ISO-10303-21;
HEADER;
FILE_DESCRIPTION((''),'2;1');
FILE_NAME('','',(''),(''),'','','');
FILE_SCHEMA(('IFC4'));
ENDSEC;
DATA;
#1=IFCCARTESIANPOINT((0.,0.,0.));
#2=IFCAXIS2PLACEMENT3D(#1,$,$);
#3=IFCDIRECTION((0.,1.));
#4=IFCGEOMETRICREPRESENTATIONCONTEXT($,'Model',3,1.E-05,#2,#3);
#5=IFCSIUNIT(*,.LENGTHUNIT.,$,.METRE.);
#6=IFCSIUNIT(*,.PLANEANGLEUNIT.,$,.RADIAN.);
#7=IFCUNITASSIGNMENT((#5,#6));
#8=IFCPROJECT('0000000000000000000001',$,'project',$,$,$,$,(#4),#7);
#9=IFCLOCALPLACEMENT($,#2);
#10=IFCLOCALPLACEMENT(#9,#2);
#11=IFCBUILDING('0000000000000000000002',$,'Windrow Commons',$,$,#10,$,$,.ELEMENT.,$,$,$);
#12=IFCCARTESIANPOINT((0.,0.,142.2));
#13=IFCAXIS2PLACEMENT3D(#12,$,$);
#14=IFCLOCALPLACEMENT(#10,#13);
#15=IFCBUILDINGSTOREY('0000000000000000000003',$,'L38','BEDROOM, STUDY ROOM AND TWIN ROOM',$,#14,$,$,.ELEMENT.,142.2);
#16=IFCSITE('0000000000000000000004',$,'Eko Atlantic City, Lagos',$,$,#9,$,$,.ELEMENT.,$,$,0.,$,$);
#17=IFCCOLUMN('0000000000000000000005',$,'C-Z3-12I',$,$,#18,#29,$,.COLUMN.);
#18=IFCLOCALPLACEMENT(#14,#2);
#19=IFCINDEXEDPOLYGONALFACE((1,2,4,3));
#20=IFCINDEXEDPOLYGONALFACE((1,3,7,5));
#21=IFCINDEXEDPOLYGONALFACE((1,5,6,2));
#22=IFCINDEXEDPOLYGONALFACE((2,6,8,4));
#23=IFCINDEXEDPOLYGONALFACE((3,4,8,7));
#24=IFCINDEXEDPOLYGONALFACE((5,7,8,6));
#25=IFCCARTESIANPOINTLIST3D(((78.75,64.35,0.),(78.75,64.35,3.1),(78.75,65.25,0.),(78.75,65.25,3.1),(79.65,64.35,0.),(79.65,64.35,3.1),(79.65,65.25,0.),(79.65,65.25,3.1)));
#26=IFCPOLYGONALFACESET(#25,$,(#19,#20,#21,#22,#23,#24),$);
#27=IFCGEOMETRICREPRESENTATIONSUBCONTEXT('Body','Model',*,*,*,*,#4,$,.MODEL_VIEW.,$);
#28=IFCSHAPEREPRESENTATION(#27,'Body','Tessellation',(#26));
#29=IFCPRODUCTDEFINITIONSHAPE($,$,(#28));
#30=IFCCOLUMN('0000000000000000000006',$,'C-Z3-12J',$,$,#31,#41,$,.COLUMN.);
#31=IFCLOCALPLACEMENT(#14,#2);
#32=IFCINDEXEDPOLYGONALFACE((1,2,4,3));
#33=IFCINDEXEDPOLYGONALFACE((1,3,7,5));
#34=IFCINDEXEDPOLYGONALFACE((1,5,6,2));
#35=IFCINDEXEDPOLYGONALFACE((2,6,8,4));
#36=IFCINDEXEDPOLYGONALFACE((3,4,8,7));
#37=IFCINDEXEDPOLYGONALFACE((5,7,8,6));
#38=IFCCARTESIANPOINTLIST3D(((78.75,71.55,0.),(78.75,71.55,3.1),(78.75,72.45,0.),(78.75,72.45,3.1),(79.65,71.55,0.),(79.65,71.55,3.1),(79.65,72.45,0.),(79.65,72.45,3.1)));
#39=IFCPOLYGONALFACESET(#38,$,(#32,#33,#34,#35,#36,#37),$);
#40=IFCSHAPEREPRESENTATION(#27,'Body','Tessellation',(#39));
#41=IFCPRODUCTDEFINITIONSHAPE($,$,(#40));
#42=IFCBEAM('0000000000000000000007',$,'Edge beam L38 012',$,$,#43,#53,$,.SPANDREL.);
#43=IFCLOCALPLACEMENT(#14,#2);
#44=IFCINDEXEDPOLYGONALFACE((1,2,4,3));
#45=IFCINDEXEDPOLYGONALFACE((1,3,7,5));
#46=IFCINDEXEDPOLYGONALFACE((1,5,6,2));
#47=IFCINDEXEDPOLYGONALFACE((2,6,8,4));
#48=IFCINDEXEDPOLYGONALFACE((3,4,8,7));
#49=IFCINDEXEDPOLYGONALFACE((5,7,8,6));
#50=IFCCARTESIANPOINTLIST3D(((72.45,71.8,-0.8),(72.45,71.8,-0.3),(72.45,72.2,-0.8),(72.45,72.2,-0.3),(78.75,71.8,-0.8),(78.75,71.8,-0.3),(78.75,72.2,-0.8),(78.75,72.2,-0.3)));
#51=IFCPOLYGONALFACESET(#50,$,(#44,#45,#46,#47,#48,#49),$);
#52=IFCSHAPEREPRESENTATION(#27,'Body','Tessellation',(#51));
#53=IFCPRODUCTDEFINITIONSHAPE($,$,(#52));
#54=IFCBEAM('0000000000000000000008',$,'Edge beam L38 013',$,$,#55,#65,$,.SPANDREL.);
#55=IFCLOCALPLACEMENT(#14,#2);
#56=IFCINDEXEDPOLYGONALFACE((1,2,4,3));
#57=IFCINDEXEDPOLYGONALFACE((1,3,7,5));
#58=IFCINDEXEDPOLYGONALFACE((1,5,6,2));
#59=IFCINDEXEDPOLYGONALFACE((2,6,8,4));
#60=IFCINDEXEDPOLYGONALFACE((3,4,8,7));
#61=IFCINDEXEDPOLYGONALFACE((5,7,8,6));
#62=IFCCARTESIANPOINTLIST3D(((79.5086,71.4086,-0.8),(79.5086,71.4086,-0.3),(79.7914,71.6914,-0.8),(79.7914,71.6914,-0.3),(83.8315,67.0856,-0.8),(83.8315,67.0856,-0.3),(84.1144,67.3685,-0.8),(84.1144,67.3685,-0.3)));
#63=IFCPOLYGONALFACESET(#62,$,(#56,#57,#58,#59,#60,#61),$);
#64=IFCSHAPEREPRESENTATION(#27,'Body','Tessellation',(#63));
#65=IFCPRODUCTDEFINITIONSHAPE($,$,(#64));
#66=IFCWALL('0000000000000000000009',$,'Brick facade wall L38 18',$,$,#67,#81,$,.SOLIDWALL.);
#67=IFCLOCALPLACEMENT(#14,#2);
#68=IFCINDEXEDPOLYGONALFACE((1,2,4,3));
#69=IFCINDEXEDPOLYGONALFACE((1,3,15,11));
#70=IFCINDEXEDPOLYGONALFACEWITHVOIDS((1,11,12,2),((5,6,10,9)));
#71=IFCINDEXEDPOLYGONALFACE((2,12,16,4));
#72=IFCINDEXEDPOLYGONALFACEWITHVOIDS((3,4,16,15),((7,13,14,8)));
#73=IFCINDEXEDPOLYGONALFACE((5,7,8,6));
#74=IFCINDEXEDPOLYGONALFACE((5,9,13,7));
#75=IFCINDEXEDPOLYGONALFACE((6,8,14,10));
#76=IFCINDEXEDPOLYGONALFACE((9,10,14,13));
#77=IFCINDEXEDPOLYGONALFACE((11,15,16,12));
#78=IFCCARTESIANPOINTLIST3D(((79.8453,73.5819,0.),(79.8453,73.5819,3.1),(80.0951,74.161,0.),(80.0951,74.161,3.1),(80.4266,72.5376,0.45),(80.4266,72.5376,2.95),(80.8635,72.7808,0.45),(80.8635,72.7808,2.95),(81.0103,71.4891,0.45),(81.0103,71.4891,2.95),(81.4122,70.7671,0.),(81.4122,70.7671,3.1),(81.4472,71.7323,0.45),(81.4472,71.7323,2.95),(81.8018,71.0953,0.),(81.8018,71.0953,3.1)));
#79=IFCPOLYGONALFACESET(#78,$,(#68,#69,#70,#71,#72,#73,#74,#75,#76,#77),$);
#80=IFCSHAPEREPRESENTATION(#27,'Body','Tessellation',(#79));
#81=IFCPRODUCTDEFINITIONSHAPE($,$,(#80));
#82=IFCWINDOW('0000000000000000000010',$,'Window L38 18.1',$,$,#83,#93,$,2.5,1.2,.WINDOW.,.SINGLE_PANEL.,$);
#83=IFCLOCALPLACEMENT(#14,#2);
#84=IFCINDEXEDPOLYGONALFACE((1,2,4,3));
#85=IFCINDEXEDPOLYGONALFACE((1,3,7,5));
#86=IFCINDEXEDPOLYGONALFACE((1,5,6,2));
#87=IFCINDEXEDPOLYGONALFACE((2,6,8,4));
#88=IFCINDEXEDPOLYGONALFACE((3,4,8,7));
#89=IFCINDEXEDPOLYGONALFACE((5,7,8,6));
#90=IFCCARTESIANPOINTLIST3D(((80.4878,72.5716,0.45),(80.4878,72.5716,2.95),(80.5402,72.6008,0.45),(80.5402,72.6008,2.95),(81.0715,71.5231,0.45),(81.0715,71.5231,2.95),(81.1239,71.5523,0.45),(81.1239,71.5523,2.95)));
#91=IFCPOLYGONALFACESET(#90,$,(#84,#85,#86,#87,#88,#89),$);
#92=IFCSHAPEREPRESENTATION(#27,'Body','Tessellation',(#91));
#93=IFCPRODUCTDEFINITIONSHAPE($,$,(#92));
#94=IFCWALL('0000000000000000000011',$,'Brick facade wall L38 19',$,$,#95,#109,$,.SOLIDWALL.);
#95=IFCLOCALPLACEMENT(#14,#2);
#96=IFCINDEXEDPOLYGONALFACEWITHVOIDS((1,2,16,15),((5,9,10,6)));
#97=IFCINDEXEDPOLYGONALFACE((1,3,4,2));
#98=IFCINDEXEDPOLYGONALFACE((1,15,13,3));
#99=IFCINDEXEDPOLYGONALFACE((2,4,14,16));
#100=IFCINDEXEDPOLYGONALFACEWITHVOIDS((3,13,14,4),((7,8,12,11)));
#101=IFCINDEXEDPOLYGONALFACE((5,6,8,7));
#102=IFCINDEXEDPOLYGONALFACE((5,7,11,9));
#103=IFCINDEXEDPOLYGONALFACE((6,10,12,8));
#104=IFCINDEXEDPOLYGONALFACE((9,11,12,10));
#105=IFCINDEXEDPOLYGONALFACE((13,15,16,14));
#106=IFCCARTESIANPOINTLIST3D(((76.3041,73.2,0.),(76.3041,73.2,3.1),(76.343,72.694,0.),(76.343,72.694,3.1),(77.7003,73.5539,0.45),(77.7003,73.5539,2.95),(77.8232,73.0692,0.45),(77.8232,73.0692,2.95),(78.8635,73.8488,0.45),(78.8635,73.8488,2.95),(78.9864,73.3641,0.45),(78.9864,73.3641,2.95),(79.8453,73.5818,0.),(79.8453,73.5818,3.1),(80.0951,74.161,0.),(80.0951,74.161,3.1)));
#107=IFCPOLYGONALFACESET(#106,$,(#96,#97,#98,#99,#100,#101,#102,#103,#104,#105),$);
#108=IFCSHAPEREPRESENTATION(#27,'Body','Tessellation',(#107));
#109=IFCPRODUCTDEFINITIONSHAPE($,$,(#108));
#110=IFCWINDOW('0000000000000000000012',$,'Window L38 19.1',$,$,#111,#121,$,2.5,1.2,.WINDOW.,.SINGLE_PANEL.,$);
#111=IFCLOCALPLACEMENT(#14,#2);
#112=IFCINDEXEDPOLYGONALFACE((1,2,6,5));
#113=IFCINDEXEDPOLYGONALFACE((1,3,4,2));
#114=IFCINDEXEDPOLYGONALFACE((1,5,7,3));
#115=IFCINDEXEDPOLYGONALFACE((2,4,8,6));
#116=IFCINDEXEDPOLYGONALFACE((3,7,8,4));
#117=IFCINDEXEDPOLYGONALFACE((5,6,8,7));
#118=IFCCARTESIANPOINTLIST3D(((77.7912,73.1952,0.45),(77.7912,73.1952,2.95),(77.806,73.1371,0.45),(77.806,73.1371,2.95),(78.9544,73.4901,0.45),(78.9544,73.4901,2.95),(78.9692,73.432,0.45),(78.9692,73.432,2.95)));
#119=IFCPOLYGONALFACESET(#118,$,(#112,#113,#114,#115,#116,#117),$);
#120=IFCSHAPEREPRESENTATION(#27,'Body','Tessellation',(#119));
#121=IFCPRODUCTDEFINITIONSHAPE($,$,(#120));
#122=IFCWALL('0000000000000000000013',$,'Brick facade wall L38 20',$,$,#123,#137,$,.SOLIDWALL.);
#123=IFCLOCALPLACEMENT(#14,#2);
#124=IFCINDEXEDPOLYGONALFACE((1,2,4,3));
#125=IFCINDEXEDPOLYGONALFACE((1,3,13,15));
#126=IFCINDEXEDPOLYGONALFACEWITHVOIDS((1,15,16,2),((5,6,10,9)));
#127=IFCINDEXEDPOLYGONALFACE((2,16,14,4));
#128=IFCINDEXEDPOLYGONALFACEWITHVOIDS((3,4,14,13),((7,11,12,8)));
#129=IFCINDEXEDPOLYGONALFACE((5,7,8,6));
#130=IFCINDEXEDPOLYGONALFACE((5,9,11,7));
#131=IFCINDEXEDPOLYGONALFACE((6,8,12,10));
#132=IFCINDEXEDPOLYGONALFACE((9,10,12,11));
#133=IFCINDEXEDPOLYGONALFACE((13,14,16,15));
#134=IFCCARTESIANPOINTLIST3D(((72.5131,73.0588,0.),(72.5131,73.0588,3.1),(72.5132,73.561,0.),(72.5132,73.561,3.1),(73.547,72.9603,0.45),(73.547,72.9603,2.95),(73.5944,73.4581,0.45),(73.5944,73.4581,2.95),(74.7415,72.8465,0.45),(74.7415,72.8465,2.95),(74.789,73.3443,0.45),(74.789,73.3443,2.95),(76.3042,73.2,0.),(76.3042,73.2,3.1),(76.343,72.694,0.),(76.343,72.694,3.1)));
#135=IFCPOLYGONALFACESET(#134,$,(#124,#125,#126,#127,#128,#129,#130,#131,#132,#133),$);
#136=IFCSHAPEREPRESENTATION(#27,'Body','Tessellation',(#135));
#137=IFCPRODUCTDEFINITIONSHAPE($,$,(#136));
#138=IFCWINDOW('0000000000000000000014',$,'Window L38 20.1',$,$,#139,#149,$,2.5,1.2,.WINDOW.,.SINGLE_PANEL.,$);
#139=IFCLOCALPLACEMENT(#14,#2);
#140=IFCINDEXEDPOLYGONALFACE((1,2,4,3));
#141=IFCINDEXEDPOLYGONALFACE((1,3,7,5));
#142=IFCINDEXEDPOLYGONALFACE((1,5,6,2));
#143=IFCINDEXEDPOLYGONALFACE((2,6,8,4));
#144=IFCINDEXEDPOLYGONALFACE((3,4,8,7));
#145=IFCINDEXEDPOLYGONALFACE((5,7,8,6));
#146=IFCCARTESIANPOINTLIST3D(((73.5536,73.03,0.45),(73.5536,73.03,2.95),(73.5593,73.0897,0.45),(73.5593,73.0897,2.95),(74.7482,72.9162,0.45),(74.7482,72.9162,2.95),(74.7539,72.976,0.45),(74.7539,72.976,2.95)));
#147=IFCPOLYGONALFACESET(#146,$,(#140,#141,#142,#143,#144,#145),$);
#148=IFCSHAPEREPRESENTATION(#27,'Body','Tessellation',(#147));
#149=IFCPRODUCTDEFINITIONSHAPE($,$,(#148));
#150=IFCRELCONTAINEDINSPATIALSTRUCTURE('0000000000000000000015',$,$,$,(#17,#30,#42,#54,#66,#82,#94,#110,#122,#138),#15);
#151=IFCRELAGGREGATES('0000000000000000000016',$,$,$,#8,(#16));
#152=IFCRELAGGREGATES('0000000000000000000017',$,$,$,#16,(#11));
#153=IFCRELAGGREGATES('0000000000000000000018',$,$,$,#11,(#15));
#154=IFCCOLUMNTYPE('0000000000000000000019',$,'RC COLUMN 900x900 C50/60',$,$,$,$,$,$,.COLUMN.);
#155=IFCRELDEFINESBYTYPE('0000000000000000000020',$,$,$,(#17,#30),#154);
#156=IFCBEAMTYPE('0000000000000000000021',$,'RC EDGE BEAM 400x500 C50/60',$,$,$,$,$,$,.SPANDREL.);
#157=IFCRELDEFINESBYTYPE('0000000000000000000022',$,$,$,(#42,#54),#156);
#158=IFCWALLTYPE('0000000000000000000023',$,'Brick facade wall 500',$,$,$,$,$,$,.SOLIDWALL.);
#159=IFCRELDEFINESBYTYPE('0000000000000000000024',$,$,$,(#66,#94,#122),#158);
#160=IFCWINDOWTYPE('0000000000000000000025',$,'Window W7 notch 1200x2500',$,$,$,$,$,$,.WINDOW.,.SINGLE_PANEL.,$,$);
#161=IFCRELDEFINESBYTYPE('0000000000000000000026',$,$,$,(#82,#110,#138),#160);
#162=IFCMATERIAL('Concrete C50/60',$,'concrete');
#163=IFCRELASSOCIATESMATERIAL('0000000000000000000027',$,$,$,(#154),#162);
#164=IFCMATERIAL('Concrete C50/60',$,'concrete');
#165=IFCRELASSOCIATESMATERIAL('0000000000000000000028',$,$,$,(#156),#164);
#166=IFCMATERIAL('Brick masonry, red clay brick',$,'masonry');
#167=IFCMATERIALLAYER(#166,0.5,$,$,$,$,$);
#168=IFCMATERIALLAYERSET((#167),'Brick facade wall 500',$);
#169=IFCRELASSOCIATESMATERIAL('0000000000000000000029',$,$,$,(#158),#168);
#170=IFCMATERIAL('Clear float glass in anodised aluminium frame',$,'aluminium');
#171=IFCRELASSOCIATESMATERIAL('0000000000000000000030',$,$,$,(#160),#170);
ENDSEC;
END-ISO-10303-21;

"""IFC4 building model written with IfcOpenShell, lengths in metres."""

from ifc_helpers import new_model, si_unit, direction, frame, frame_2d, origin, origin_2d, place, context, subcontext, project, spatial, polyline, rectangle, outline, extrude, material, layer, layer_set, material_profile, profile_set, type_object, element, fill, save


model = new_model("IFC4")

# Units and contexts
model_context = context("Model", 3, precision=1e-05, world=origin(), true_north=direction((0.0, 1.0)))
body_context = subcontext(model_context, "Body", "Model", "MODEL_VIEW")
ifc_project = project(units=[si_unit("LENGTHUNIT", "METRE"), si_unit("PLANEANGLEUNIT", "RADIAN")], contexts=[model_context])

# Site, building, storey
site_placement = place(None, origin())
site = spatial("IfcSite", under=ifc_project, at=site_placement, Name="Eko Atlantic City, Lagos", CompositionType="ELEMENT", RefElevation=0.0)
building_placement = place(site_placement, origin())
building = spatial("IfcBuilding", under=site, at=building_placement, Name="Windrow Commons", CompositionType="ELEMENT")
storey_placement = place(building_placement, frame((0.0, 0.0, 142.2)))
storey = spatial("IfcBuildingStorey", under=building, at=storey_placement, Name="L38", Description="BEDROOM, STUDY ROOM AND TWIN ROOM", CompositionType="ELEMENT", Elevation=142.2)

# Columns
ifc_material_1 = material(Name="Concrete C50/60", Category="concrete")
ifc_material_profile_1 = material_profile(ifc_material_1, rectangle(XDim=0.9, YDim=0.9, at=origin_2d()))
ifc_profile_set_1 = profile_set([ifc_material_profile_1], Name="Concrete C50/60")
column_type = type_object("IfcColumnType", Name="RC COLUMN 900x900 C50/60", PredefinedType="COLUMN", material=ifc_profile_set_1)
for number, where, z_axis, x_axis, name in (
    (1, (79.2, 64.8, 0.0), (0.0, 0.0, 1.0), (1.0, 0.0, 0.0), "C-Z3-12I"),
    (2, (79.2, 72.0, 0.0), (0.0, 0.0, 1.0), (1.0, 0.0, 0.0), "C-Z3-12J"),
):
    element("IfcColumn", number, at=place(storey_placement, frame(where, z_axis=z_axis, x_axis=x_axis)), inside=storey, type_object=column_type, Name=name, PredefinedType="COLUMN", context=body_context, shape_type="SweptSolid", body=[
        extrude(rectangle(XDim=0.9, YDim=0.9, at=origin_2d()), origin(), (0.0, 0.0, 1.0), 3.1),
    ])

# Beams
ifc_material_2 = material(Name="Concrete C50/60", Category="concrete")
ifc_material_profile_2 = material_profile(ifc_material_2, rectangle(XDim=0.4, YDim=0.5, at=origin_2d()))
ifc_profile_set_2 = profile_set([ifc_material_profile_2], Name="Concrete C50/60")
beam_type = type_object("IfcBeamType", Name="RC EDGE BEAM 400x500 C50/60", PredefinedType="SPANDREL", material=ifc_profile_set_2)
beam_1_placement = place(storey_placement, frame((72.45, 72.0, -0.55), z_axis=(1.0, 0.0, 0.0), x_axis=(0.0, 1.0, 0.0)))
element("IfcBeam", 3, at=beam_1_placement, inside=storey, type_object=beam_type, Name="Edge beam L38 012", PredefinedType="SPANDREL", context=body_context, shape_type="SweptSolid", body=[
    extrude(rectangle(XDim=0.4, YDim=0.5, at=origin_2d()), origin(), (0.0, 0.0, 1.0), 6.3),
])
beam_2_placement = place(storey_placement, frame((79.65, 71.55, -0.55), z_axis=(0.707107, -0.707107, 0.0), x_axis=(0.707107, 0.707107, 0.0)))
element("IfcBeam", 4, at=beam_2_placement, inside=storey, type_object=beam_type, Name="Edge beam L38 013", PredefinedType="SPANDREL", context=body_context, shape_type="SweptSolid", body=[
    extrude(rectangle(XDim=0.4, YDim=0.5, at=origin_2d()), origin(), (0.0, 0.0, 1.0), 6.1136),
])

# Walls, openings, windows
ifc_material_3 = material(Name="Brick masonry, red clay brick", Category="masonry")
ifc_layer_1 = layer(ifc_material_3, 0.5)
ifc_layer_set_1 = layer_set([ifc_layer_1], Name="Brick facade wall 500")
wall_type_1 = type_object("IfcWallType", Name="Brick facade wall 500", PredefinedType="SOLIDWALL", material=ifc_layer_set_1)
wall_1_placement = place(storey_placement, frame((81.607, 70.9312, 0.0), z_axis=(0.0, 0.0, 1.0), x_axis=(-0.486405, 0.873734, 0.0)))
wall_1 = element("IfcWall", 5, at=wall_1_placement, inside=storey, type_object=wall_type_1, Name="Brick facade wall L38 18", PredefinedType="SOLIDWALL", context=body_context, shape_type="SweptSolid", body=[
    extrude(outline(polyline([(0.0486, -0.25), (3.5574, -0.25), (3.1729, 0.25), (-0.0486, 0.25), (0.0486, -0.25)])), origin(), (0.0, 0.0, 1.0), 3.1),
])
opening_1_placement = place(wall_1_placement, frame((0.7777, 0.0, 0.45)))
opening_1 = element("IfcOpeningElement", 6, at=opening_1_placement, cuts=wall_1, PredefinedType="OPENING", context=body_context, shape_type="SweptSolid", body=[
    extrude(rectangle(XDim=1.2, YDim=2.5, at=frame_2d((0.6, 1.25))), frame((0.0, 0.26, 0.0), z_axis=(0.0, -1.0, 0.0), x_axis=(1.0, 0.0, 0.0)), (0.0, 0.0, 1.0), 0.52),
])
ifc_material_4 = material(Name="Clear float glass in anodised aluminium frame", Category="aluminium")
window_type_1 = type_object("IfcWindowType", Name="Window W7 notch 1200x2500", PartitioningType="SINGLE_PANEL", PredefinedType="WINDOW", material=ifc_material_4)
window_1_placement = place(opening_1_placement, origin())
window_1 = element("IfcWindow", 7, at=window_1_placement, inside=storey, type_object=window_type_1, Name="Window L38 18.1", OverallHeight=2.5, OverallWidth=1.2, PartitioningType="SINGLE_PANEL", PredefinedType="WINDOW", context=body_context, shape_type="SweptSolid", body=[
    extrude(rectangle(XDim=1.2, YDim=2.5, at=frame_2d((0.6, 1.25))), frame((0.0, 0.18, 0.0), z_axis=(0.0, -1.0, 0.0), x_axis=(1.0, 0.0, 0.0)), (0.0, 0.0, 1.0), 0.06),
])
fill(opening_1, window_1)
wall_2_placement = place(storey_placement, frame((79.9702, 73.8714, 0.0), z_axis=(0.0, 0.0, 1.0), x_axis=(-0.96934, -0.245724, 0.0)))
wall_2 = element("IfcWall", 8, at=wall_2_placement, inside=storey, type_object=wall_type_1, Name="Brick facade wall L38 19", PredefinedType="SOLIDWALL", context=body_context, shape_type="SweptSolid", body=[
    extrude(outline(polyline([(-0.1922, -0.25), (3.7187, -0.25), (3.8053, 0.25), (0.1922, 0.25), (-0.1922, -0.25)])), origin(), (0.0, 0.0, 1.0), 3.1),
])
opening_2_placement = place(wall_2_placement, frame((1.0783, 0.0, 0.45)))
opening_2 = element("IfcOpeningElement", 9, at=opening_2_placement, cuts=wall_2, PredefinedType="OPENING", context=body_context, shape_type="SweptSolid", body=[
    extrude(rectangle(XDim=1.2, YDim=2.5, at=frame_2d((0.6, 1.25))), frame((0.0, 0.26, 0.0), z_axis=(0.0, -1.0, 0.0), x_axis=(1.0, 0.0, 0.0)), (0.0, 0.0, 1.0), 0.52),
])
window_2_placement = place(opening_2_placement, origin())
window_2 = element("IfcWindow", 10, at=window_2_placement, inside=storey, type_object=window_type_1, Name="Window L38 19.1", OverallHeight=2.5, OverallWidth=1.2, PartitioningType="SINGLE_PANEL", PredefinedType="WINDOW", context=body_context, shape_type="SweptSolid", body=[
    extrude(rectangle(XDim=1.2, YDim=2.5, at=frame_2d((0.6, 1.25))), frame((0.0, 0.18, 0.0), z_axis=(0.0, -1.0, 0.0), x_axis=(1.0, 0.0, 0.0)), (0.0, 0.0, 1.0), 0.06),
])
fill(opening_2, window_2)
wall_3_placement = place(storey_placement, frame((76.3236, 72.947, 0.0), z_axis=(0.0, 0.0, 1.0), x_axis=(-0.995496, 0.094808, 0.0)))
wall_3 = element("IfcWall", 11, at=wall_3_placement, inside=storey, type_object=wall_type_1, Name="Brick facade wall L38 20", PredefinedType="SOLIDWALL", context=body_context, shape_type="SweptSolid", body=[
    extrude(outline(polyline([(0.0433, -0.25), (3.8515, -0.25), (3.8039, 0.25), (-0.0433, 0.25), (0.0433, -0.25)])), origin(), (0.0, 0.0, 1.0), 3.1),
])
opening_3_placement = place(wall_3_placement, frame((1.5654, 0.0, 0.45)))
opening_3 = element("IfcOpeningElement", 12, at=opening_3_placement, cuts=wall_3, PredefinedType="OPENING", context=body_context, shape_type="SweptSolid", body=[
    extrude(rectangle(XDim=1.2, YDim=2.5, at=frame_2d((0.6, 1.25))), frame((0.0, 0.26, 0.0), z_axis=(0.0, -1.0, 0.0), x_axis=(1.0, 0.0, 0.0)), (0.0, 0.0, 1.0), 0.52),
])
window_3_placement = place(opening_3_placement, origin())
window_3 = element("IfcWindow", 13, at=window_3_placement, inside=storey, type_object=window_type_1, Name="Window L38 20.1", OverallHeight=2.5, OverallWidth=1.2, PartitioningType="SINGLE_PANEL", PredefinedType="WINDOW", context=body_context, shape_type="SweptSolid", body=[
    extrude(rectangle(XDim=1.2, YDim=2.5, at=frame_2d((0.6, 1.25))), frame((0.0, 0.18, 0.0), z_axis=(0.0, -1.0, 0.0), x_axis=(1.0, 0.0, 0.0)), (0.0, 0.0, 1.0), 0.06),
])
fill(opening_3, window_3)

save(model, "model.ifc")
